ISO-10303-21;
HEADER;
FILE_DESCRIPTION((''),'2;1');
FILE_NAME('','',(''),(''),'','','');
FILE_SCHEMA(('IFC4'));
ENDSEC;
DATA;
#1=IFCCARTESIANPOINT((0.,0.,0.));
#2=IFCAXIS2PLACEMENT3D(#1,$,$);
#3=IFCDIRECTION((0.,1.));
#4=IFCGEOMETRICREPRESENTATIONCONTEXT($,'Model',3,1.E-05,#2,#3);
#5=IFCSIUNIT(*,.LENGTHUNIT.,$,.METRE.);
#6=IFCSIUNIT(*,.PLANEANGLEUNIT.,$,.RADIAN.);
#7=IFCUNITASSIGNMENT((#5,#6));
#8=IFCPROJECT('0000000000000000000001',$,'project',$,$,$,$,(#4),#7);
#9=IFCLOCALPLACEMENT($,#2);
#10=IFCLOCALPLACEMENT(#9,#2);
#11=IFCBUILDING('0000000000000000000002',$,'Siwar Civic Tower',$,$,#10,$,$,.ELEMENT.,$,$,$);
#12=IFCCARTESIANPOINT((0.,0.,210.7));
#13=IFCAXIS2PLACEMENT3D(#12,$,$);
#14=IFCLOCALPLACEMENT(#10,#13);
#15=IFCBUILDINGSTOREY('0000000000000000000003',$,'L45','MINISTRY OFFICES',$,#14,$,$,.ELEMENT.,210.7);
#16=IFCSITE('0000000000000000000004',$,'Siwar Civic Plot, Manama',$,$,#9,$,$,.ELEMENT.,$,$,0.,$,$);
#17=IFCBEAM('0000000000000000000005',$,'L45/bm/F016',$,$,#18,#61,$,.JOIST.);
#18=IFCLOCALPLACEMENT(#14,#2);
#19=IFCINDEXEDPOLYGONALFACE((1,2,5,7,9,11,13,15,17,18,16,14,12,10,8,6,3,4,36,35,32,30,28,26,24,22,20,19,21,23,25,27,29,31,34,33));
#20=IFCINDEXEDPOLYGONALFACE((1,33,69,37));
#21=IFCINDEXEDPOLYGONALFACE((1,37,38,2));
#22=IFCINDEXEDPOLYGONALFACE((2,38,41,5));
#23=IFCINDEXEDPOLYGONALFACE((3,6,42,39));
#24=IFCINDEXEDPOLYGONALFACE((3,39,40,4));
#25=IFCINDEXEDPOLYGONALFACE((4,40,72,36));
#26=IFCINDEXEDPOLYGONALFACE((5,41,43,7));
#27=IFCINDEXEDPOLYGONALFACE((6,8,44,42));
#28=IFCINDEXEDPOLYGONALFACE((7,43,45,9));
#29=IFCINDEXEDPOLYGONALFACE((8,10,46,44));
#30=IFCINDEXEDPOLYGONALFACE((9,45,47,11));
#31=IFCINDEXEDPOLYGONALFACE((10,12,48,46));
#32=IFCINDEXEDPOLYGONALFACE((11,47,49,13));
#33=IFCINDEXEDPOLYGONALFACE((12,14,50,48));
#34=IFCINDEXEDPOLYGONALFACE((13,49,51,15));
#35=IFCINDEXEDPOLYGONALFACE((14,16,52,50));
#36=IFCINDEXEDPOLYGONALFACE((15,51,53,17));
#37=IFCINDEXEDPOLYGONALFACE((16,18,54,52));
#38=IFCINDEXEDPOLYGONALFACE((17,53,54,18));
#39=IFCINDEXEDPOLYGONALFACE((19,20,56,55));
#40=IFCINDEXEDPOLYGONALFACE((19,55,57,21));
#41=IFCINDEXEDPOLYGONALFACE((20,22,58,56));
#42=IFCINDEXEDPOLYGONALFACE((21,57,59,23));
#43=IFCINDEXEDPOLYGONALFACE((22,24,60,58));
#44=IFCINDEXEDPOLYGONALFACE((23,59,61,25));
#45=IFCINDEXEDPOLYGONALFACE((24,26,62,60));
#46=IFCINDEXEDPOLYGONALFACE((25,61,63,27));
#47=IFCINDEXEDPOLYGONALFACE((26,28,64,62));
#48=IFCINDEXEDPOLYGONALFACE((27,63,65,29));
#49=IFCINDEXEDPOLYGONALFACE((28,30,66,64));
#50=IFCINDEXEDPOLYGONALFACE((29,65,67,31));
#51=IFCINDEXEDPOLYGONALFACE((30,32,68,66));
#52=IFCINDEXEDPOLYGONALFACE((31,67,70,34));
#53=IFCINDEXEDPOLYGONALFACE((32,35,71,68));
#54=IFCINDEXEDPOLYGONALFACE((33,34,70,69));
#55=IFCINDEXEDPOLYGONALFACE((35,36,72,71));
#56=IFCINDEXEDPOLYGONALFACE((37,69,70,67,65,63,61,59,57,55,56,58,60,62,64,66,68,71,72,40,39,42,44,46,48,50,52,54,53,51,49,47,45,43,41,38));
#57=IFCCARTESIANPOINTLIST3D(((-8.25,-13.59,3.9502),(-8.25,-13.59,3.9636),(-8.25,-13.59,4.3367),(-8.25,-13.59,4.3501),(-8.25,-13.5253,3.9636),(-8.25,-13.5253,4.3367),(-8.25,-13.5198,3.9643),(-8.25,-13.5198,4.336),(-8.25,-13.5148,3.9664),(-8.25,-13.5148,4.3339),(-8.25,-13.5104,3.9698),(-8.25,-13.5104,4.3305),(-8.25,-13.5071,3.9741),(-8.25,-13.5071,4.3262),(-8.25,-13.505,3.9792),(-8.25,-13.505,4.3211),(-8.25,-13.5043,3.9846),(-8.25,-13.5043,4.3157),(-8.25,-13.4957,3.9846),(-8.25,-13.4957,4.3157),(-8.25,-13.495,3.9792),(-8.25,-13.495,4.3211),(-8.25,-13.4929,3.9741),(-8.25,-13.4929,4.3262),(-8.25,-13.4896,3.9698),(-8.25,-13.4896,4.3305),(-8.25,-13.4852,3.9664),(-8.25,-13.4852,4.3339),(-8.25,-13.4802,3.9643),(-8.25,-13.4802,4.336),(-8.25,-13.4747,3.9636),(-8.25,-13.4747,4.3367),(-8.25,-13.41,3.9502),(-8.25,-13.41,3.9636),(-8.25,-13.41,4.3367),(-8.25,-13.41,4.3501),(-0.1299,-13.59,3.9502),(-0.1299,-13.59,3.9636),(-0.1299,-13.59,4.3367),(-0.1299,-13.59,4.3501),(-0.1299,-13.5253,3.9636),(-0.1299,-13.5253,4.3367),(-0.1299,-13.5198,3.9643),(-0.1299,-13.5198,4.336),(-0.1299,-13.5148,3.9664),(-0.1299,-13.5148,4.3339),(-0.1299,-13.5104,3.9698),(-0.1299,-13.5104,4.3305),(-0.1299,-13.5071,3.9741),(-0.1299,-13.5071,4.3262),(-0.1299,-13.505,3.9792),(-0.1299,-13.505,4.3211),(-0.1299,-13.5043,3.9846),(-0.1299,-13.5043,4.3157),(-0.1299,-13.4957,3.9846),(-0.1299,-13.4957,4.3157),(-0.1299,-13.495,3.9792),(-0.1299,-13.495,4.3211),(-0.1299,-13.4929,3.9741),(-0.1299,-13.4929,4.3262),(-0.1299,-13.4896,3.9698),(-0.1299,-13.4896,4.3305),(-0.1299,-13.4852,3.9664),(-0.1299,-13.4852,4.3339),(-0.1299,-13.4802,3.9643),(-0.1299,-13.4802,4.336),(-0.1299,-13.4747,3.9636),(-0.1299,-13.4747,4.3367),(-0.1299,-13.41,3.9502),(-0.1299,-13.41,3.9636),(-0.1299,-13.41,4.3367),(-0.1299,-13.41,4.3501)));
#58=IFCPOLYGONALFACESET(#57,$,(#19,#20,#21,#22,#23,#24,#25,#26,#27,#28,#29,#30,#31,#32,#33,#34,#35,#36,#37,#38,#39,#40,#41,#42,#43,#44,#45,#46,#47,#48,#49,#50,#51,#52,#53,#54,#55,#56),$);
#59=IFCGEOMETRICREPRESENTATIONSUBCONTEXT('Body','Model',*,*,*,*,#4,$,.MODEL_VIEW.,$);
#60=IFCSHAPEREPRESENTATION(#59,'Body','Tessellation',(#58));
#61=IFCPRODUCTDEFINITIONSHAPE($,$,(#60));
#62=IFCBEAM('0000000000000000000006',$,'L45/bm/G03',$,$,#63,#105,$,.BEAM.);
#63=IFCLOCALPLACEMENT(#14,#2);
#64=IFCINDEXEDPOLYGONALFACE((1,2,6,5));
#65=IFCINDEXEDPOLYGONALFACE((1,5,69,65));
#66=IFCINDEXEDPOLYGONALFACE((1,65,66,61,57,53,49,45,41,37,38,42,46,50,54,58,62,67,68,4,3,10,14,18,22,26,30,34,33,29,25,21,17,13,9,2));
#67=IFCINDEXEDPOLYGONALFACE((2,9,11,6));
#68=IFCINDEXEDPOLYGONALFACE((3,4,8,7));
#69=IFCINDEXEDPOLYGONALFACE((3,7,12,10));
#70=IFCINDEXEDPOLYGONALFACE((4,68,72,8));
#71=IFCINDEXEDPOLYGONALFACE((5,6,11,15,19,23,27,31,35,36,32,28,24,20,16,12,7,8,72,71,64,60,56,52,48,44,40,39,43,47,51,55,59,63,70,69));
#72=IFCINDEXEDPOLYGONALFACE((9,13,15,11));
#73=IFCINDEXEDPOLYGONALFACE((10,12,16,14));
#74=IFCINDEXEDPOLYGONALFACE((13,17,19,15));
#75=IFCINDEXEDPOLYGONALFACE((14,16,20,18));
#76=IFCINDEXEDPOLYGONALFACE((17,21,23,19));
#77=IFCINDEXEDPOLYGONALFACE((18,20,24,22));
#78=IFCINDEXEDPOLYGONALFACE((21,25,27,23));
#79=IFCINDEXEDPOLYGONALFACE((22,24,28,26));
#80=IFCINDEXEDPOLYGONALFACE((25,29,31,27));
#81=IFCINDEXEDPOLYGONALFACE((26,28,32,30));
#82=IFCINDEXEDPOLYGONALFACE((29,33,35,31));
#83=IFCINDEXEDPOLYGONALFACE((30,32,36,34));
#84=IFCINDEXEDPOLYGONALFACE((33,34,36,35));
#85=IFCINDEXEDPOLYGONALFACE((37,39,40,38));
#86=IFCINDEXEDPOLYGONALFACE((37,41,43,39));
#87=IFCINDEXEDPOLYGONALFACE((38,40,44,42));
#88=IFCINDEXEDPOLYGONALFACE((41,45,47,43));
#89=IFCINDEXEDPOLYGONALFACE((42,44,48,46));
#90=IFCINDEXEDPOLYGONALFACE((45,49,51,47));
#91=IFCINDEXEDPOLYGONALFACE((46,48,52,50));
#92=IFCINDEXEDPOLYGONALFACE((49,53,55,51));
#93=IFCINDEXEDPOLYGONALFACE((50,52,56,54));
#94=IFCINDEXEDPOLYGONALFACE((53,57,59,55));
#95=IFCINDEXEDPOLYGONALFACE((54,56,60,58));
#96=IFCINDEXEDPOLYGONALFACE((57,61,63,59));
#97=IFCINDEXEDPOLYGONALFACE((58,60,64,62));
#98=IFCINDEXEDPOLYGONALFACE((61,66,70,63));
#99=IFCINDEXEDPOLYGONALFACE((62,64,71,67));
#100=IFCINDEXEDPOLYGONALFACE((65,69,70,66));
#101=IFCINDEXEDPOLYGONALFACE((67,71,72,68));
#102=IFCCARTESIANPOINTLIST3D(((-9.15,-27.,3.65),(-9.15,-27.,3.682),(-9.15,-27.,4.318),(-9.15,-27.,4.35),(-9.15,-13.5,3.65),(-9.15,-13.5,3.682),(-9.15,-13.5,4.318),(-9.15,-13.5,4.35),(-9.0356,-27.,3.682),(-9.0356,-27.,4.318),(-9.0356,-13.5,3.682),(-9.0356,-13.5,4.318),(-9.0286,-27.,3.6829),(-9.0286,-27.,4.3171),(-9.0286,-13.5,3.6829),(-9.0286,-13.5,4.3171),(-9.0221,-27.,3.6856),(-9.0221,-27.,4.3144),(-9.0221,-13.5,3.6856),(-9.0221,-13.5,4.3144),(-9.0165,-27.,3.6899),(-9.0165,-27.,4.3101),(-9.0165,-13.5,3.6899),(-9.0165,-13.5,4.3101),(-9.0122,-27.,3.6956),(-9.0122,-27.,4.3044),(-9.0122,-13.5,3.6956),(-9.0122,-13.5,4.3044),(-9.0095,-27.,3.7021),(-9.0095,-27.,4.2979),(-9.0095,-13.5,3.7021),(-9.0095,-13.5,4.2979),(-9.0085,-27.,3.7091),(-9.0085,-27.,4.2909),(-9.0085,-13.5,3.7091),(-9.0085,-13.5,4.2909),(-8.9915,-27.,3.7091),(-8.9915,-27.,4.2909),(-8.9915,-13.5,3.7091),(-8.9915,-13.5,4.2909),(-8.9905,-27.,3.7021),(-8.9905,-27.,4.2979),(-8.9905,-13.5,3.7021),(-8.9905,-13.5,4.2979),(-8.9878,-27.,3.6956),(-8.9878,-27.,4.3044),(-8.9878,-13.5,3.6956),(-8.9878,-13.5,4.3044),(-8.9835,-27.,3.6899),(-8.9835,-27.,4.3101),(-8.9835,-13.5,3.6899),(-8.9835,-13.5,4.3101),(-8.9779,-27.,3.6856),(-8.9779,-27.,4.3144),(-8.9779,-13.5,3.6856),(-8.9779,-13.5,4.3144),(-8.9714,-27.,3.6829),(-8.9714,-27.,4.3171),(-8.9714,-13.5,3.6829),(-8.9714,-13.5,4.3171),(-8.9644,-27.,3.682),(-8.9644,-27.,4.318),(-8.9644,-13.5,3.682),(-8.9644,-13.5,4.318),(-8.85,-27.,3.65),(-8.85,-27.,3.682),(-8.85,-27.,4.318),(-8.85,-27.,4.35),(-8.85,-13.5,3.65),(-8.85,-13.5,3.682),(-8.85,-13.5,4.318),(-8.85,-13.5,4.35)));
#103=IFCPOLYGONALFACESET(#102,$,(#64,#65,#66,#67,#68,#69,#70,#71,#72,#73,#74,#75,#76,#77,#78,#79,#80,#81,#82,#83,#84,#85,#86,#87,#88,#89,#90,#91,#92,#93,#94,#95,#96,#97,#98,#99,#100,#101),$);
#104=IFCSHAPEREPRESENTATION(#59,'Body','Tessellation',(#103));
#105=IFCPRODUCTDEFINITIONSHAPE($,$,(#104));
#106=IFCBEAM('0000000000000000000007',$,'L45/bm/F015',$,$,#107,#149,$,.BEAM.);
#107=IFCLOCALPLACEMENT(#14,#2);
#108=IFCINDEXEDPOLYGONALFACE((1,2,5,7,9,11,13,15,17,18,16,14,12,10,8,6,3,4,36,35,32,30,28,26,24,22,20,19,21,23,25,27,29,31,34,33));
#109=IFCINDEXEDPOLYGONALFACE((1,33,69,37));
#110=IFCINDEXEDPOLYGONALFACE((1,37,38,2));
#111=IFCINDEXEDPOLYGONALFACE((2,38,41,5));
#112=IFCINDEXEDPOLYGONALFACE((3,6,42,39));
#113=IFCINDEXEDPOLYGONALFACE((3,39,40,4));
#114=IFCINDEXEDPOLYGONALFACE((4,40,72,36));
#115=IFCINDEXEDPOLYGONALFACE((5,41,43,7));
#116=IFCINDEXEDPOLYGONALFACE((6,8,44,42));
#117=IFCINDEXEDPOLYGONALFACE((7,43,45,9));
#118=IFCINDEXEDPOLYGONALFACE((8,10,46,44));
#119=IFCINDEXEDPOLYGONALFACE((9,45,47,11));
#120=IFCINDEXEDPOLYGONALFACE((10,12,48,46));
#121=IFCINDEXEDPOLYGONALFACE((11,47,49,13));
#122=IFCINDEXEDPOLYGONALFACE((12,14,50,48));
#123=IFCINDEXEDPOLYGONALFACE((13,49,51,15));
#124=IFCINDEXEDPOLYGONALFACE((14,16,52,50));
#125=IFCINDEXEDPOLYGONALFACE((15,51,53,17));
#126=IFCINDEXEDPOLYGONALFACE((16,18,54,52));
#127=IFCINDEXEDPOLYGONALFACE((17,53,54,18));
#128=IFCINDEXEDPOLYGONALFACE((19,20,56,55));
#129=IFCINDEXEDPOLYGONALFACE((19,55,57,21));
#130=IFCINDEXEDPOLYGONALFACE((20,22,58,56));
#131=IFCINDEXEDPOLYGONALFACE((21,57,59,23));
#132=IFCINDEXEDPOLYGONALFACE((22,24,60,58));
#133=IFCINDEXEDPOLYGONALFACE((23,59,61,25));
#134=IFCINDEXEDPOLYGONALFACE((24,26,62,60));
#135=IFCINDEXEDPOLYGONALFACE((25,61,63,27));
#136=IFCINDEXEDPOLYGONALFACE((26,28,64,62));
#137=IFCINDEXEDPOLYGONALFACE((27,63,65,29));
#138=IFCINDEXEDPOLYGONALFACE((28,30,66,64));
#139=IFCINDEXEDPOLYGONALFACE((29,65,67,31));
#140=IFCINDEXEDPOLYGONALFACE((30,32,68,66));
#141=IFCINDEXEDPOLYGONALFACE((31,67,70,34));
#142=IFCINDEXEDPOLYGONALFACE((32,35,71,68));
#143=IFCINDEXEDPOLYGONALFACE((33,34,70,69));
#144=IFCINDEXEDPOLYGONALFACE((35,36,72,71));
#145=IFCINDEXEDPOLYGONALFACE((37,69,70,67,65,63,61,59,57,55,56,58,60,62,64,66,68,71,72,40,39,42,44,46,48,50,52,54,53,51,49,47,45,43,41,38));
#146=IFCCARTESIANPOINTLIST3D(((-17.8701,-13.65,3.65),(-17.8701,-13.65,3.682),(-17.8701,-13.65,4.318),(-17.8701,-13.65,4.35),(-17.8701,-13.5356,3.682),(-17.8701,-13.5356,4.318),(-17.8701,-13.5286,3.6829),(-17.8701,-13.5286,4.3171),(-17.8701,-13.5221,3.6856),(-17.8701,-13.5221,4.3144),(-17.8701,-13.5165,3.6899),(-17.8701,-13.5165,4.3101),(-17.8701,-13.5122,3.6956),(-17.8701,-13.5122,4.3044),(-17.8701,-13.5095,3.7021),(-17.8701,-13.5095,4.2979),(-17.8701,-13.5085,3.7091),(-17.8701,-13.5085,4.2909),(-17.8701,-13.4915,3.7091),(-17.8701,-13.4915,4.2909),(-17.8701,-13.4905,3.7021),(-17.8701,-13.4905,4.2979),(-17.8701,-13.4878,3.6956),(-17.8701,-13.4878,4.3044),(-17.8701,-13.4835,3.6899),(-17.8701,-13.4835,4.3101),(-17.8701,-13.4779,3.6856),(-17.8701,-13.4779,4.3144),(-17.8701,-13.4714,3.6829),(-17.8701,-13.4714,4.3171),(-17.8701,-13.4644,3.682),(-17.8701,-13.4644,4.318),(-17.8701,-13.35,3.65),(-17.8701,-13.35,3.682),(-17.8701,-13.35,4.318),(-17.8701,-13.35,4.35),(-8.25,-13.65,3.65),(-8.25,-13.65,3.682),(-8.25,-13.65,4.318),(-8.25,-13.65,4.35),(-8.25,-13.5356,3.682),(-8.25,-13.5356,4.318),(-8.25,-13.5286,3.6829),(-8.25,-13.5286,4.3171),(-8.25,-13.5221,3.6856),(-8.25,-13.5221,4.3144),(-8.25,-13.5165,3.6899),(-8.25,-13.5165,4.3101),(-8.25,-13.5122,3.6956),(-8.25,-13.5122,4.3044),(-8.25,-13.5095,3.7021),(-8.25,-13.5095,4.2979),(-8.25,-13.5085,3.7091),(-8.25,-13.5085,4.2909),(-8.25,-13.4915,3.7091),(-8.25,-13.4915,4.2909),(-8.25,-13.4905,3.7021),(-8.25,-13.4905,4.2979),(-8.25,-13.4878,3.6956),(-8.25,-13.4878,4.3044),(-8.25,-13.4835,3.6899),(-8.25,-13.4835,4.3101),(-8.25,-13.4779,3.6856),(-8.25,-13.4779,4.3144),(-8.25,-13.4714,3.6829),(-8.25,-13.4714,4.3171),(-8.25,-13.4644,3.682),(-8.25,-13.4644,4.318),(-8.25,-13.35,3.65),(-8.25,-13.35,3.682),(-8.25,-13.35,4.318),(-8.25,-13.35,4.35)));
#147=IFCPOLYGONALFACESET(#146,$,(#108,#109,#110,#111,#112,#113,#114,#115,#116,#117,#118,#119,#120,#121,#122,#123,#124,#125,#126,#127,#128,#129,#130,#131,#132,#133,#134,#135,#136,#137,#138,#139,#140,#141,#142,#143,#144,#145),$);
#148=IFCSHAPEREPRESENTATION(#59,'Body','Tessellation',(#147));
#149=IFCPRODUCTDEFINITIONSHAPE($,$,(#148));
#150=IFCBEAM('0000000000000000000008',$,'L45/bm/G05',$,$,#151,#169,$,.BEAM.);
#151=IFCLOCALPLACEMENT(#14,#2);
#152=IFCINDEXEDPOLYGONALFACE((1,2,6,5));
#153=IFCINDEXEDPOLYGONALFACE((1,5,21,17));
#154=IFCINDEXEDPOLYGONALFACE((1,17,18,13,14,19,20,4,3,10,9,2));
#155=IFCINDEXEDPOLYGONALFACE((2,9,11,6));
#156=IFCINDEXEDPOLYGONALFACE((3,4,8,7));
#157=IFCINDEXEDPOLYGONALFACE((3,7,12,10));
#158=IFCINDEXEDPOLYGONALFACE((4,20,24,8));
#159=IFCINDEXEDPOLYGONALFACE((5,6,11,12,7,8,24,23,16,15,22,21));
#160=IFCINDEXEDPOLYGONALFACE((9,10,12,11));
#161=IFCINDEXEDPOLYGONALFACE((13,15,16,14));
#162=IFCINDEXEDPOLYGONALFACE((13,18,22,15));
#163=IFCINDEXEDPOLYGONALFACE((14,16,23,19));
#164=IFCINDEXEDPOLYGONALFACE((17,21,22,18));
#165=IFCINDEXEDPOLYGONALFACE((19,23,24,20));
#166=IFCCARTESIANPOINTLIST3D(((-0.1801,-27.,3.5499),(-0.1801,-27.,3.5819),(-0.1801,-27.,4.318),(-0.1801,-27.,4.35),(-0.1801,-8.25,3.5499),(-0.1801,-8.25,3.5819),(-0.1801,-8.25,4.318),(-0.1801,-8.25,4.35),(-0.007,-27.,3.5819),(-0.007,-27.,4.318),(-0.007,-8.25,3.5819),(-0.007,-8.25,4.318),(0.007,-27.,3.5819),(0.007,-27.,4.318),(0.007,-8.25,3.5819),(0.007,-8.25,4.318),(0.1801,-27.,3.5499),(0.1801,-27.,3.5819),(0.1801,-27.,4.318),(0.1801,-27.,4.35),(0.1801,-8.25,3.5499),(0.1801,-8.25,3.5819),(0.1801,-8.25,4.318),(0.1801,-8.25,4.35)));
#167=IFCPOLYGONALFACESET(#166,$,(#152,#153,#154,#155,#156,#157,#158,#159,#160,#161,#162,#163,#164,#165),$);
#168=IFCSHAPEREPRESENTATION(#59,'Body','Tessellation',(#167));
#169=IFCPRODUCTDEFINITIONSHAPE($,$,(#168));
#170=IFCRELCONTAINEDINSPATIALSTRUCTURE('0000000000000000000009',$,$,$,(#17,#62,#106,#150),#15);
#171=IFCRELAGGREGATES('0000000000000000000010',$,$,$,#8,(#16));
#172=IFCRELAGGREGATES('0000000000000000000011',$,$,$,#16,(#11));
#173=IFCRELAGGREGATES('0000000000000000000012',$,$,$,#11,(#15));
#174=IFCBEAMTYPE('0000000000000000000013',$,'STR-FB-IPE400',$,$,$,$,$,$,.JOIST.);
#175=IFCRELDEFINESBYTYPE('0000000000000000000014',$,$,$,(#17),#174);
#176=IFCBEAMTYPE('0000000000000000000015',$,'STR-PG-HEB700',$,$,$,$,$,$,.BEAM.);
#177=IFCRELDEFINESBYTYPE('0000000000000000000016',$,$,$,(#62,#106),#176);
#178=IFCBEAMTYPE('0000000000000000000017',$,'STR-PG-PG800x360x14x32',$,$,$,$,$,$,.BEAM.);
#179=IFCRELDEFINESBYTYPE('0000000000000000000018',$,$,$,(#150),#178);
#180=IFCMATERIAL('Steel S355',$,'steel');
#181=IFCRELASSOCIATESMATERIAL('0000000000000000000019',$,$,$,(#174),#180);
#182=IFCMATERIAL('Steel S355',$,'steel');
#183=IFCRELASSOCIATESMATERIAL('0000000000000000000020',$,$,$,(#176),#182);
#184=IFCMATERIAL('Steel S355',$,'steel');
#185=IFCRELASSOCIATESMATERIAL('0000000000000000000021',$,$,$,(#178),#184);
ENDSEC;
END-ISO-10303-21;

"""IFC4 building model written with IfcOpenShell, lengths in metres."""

from ifc_helpers import new_model, si_unit, direction, frame, origin, origin_2d, place, context, subcontext, project, spatial, i_section, extrude, material, material_profile, profile_set, type_object, element, save


model = new_model("IFC4")

# Units and contexts
model_context = context("Model", 3, precision=1e-05, world=origin(), true_north=direction((0.0, 1.0)))
body_context = subcontext(model_context, "Body", "Model", "MODEL_VIEW")
ifc_project = project(units=[si_unit("LENGTHUNIT", "METRE"), si_unit("PLANEANGLEUNIT", "RADIAN")], contexts=[model_context])

# Site, building, storey
site_placement = place(None, origin())
site = spatial("IfcSite", under=ifc_project, at=site_placement, Name="Siwar Civic Plot, Manama", CompositionType="ELEMENT", RefElevation=0.0)
building_placement = place(site_placement, origin())
building = spatial("IfcBuilding", under=site, at=building_placement, Name="Siwar Civic Tower", CompositionType="ELEMENT")
storey_placement = place(building_placement, frame((0.0, 0.0, 210.7)))
storey = spatial("IfcBuildingStorey", under=building, at=storey_placement, Name="L45", Description="MINISTRY OFFICES", CompositionType="ELEMENT", Elevation=210.7)

# Beams
ifc_material_1 = material(Name="Steel S355", Category="steel")
ifc_material_profile_1 = material_profile(ifc_material_1, i_section(OverallWidth=0.1799, OverallDepth=0.3999, WebThickness=0.0085, FlangeThickness=0.0134, FilletRadius=0.021, at=origin_2d()), Name="IPE400")
ifc_profile_set_1 = profile_set([ifc_material_profile_1], Name="Steel S355")
beam_type_1 = type_object("IfcBeamType", Name="STR-FB-IPE400", PredefinedType="JOIST", material=ifc_profile_set_1)
beam_1_placement = place(storey_placement, frame((-8.25, -13.5, 4.1501), z_axis=(1.0, 0.0, 0.0), x_axis=(0.0, 1.0, 0.0)))
element("IfcBeam", 1, at=beam_1_placement, inside=storey, type_object=beam_type_1, Name="L45/bm/F016", PredefinedType="JOIST", context=body_context, shape_type="SweptSolid", body=[
    extrude(i_section(OverallWidth=0.1799, OverallDepth=0.3999, WebThickness=0.0085, FlangeThickness=0.0134, FilletRadius=0.021, at=origin_2d()), origin(), (0.0, 0.0, 1.0), 8.1201),
])
ifc_material_2 = material(Name="Steel S355", Category="steel")
ifc_material_profile_2 = material_profile(ifc_material_2, i_section(OverallWidth=0.3, OverallDepth=0.7, WebThickness=0.0171, FlangeThickness=0.032, FilletRadius=0.0271, at=origin_2d()), Name="HEB700")
ifc_profile_set_2 = profile_set([ifc_material_profile_2], Name="Steel S355")
beam_type_2 = type_object("IfcBeamType", Name="STR-PG-HEB700", PredefinedType="BEAM", material=ifc_profile_set_2)
beam_2_placement = place(storey_placement, frame((-9.0, -27.0, 4.0), z_axis=(0.0, 1.0, 0.0), x_axis=(-1.0, 0.0, 0.0)))
element("IfcBeam", 2, at=beam_2_placement, inside=storey, type_object=beam_type_2, Name="L45/bm/G03", PredefinedType="BEAM", context=body_context, shape_type="SweptSolid", body=[
    extrude(i_section(OverallWidth=0.3, OverallDepth=0.7, WebThickness=0.0171, FlangeThickness=0.032, FilletRadius=0.0271, at=origin_2d()), origin(), (0.0, 0.0, 1.0), 13.5),
])
beam_3_placement = place(storey_placement, frame((-17.8701, -13.5, 4.0), z_axis=(1.0, 0.0, 0.0), x_axis=(0.0, 1.0, 0.0)))
element("IfcBeam", 3, at=beam_3_placement, inside=storey, type_object=beam_type_2, Name="L45/bm/F015", PredefinedType="BEAM", context=body_context, shape_type="SweptSolid", body=[
    extrude(i_section(OverallWidth=0.3, OverallDepth=0.7, WebThickness=0.0171, FlangeThickness=0.032, FilletRadius=0.0271, at=origin_2d()), origin(), (0.0, 0.0, 1.0), 9.6201),
])
ifc_material_3 = material(Name="Steel S355", Category="steel")
ifc_material_profile_3 = material_profile(ifc_material_3, i_section(OverallWidth=0.3601, OverallDepth=0.8, WebThickness=0.0139, FlangeThickness=0.032, at=origin_2d()), Name="PG800x360x14x32")
ifc_profile_set_3 = profile_set([ifc_material_profile_3], Name="Steel S355")
beam_type_3 = type_object("IfcBeamType", Name="STR-PG-PG800x360x14x32", PredefinedType="BEAM", material=ifc_profile_set_3)
beam_4_placement = place(storey_placement, frame((0.0, -27.0, 3.95), z_axis=(0.0, 1.0, 0.0), x_axis=(-1.0, 0.0, 0.0)))
element("IfcBeam", 4, at=beam_4_placement, inside=storey, type_object=beam_type_3, Name="L45/bm/G05", PredefinedType="BEAM", context=body_context, shape_type="SweptSolid", body=[
    extrude(i_section(OverallWidth=0.3601, OverallDepth=0.8, WebThickness=0.0139, FlangeThickness=0.032, at=origin_2d()), origin(), (0.0, 0.0, 1.0), 18.75),
])

save(model, "model.ifc")
